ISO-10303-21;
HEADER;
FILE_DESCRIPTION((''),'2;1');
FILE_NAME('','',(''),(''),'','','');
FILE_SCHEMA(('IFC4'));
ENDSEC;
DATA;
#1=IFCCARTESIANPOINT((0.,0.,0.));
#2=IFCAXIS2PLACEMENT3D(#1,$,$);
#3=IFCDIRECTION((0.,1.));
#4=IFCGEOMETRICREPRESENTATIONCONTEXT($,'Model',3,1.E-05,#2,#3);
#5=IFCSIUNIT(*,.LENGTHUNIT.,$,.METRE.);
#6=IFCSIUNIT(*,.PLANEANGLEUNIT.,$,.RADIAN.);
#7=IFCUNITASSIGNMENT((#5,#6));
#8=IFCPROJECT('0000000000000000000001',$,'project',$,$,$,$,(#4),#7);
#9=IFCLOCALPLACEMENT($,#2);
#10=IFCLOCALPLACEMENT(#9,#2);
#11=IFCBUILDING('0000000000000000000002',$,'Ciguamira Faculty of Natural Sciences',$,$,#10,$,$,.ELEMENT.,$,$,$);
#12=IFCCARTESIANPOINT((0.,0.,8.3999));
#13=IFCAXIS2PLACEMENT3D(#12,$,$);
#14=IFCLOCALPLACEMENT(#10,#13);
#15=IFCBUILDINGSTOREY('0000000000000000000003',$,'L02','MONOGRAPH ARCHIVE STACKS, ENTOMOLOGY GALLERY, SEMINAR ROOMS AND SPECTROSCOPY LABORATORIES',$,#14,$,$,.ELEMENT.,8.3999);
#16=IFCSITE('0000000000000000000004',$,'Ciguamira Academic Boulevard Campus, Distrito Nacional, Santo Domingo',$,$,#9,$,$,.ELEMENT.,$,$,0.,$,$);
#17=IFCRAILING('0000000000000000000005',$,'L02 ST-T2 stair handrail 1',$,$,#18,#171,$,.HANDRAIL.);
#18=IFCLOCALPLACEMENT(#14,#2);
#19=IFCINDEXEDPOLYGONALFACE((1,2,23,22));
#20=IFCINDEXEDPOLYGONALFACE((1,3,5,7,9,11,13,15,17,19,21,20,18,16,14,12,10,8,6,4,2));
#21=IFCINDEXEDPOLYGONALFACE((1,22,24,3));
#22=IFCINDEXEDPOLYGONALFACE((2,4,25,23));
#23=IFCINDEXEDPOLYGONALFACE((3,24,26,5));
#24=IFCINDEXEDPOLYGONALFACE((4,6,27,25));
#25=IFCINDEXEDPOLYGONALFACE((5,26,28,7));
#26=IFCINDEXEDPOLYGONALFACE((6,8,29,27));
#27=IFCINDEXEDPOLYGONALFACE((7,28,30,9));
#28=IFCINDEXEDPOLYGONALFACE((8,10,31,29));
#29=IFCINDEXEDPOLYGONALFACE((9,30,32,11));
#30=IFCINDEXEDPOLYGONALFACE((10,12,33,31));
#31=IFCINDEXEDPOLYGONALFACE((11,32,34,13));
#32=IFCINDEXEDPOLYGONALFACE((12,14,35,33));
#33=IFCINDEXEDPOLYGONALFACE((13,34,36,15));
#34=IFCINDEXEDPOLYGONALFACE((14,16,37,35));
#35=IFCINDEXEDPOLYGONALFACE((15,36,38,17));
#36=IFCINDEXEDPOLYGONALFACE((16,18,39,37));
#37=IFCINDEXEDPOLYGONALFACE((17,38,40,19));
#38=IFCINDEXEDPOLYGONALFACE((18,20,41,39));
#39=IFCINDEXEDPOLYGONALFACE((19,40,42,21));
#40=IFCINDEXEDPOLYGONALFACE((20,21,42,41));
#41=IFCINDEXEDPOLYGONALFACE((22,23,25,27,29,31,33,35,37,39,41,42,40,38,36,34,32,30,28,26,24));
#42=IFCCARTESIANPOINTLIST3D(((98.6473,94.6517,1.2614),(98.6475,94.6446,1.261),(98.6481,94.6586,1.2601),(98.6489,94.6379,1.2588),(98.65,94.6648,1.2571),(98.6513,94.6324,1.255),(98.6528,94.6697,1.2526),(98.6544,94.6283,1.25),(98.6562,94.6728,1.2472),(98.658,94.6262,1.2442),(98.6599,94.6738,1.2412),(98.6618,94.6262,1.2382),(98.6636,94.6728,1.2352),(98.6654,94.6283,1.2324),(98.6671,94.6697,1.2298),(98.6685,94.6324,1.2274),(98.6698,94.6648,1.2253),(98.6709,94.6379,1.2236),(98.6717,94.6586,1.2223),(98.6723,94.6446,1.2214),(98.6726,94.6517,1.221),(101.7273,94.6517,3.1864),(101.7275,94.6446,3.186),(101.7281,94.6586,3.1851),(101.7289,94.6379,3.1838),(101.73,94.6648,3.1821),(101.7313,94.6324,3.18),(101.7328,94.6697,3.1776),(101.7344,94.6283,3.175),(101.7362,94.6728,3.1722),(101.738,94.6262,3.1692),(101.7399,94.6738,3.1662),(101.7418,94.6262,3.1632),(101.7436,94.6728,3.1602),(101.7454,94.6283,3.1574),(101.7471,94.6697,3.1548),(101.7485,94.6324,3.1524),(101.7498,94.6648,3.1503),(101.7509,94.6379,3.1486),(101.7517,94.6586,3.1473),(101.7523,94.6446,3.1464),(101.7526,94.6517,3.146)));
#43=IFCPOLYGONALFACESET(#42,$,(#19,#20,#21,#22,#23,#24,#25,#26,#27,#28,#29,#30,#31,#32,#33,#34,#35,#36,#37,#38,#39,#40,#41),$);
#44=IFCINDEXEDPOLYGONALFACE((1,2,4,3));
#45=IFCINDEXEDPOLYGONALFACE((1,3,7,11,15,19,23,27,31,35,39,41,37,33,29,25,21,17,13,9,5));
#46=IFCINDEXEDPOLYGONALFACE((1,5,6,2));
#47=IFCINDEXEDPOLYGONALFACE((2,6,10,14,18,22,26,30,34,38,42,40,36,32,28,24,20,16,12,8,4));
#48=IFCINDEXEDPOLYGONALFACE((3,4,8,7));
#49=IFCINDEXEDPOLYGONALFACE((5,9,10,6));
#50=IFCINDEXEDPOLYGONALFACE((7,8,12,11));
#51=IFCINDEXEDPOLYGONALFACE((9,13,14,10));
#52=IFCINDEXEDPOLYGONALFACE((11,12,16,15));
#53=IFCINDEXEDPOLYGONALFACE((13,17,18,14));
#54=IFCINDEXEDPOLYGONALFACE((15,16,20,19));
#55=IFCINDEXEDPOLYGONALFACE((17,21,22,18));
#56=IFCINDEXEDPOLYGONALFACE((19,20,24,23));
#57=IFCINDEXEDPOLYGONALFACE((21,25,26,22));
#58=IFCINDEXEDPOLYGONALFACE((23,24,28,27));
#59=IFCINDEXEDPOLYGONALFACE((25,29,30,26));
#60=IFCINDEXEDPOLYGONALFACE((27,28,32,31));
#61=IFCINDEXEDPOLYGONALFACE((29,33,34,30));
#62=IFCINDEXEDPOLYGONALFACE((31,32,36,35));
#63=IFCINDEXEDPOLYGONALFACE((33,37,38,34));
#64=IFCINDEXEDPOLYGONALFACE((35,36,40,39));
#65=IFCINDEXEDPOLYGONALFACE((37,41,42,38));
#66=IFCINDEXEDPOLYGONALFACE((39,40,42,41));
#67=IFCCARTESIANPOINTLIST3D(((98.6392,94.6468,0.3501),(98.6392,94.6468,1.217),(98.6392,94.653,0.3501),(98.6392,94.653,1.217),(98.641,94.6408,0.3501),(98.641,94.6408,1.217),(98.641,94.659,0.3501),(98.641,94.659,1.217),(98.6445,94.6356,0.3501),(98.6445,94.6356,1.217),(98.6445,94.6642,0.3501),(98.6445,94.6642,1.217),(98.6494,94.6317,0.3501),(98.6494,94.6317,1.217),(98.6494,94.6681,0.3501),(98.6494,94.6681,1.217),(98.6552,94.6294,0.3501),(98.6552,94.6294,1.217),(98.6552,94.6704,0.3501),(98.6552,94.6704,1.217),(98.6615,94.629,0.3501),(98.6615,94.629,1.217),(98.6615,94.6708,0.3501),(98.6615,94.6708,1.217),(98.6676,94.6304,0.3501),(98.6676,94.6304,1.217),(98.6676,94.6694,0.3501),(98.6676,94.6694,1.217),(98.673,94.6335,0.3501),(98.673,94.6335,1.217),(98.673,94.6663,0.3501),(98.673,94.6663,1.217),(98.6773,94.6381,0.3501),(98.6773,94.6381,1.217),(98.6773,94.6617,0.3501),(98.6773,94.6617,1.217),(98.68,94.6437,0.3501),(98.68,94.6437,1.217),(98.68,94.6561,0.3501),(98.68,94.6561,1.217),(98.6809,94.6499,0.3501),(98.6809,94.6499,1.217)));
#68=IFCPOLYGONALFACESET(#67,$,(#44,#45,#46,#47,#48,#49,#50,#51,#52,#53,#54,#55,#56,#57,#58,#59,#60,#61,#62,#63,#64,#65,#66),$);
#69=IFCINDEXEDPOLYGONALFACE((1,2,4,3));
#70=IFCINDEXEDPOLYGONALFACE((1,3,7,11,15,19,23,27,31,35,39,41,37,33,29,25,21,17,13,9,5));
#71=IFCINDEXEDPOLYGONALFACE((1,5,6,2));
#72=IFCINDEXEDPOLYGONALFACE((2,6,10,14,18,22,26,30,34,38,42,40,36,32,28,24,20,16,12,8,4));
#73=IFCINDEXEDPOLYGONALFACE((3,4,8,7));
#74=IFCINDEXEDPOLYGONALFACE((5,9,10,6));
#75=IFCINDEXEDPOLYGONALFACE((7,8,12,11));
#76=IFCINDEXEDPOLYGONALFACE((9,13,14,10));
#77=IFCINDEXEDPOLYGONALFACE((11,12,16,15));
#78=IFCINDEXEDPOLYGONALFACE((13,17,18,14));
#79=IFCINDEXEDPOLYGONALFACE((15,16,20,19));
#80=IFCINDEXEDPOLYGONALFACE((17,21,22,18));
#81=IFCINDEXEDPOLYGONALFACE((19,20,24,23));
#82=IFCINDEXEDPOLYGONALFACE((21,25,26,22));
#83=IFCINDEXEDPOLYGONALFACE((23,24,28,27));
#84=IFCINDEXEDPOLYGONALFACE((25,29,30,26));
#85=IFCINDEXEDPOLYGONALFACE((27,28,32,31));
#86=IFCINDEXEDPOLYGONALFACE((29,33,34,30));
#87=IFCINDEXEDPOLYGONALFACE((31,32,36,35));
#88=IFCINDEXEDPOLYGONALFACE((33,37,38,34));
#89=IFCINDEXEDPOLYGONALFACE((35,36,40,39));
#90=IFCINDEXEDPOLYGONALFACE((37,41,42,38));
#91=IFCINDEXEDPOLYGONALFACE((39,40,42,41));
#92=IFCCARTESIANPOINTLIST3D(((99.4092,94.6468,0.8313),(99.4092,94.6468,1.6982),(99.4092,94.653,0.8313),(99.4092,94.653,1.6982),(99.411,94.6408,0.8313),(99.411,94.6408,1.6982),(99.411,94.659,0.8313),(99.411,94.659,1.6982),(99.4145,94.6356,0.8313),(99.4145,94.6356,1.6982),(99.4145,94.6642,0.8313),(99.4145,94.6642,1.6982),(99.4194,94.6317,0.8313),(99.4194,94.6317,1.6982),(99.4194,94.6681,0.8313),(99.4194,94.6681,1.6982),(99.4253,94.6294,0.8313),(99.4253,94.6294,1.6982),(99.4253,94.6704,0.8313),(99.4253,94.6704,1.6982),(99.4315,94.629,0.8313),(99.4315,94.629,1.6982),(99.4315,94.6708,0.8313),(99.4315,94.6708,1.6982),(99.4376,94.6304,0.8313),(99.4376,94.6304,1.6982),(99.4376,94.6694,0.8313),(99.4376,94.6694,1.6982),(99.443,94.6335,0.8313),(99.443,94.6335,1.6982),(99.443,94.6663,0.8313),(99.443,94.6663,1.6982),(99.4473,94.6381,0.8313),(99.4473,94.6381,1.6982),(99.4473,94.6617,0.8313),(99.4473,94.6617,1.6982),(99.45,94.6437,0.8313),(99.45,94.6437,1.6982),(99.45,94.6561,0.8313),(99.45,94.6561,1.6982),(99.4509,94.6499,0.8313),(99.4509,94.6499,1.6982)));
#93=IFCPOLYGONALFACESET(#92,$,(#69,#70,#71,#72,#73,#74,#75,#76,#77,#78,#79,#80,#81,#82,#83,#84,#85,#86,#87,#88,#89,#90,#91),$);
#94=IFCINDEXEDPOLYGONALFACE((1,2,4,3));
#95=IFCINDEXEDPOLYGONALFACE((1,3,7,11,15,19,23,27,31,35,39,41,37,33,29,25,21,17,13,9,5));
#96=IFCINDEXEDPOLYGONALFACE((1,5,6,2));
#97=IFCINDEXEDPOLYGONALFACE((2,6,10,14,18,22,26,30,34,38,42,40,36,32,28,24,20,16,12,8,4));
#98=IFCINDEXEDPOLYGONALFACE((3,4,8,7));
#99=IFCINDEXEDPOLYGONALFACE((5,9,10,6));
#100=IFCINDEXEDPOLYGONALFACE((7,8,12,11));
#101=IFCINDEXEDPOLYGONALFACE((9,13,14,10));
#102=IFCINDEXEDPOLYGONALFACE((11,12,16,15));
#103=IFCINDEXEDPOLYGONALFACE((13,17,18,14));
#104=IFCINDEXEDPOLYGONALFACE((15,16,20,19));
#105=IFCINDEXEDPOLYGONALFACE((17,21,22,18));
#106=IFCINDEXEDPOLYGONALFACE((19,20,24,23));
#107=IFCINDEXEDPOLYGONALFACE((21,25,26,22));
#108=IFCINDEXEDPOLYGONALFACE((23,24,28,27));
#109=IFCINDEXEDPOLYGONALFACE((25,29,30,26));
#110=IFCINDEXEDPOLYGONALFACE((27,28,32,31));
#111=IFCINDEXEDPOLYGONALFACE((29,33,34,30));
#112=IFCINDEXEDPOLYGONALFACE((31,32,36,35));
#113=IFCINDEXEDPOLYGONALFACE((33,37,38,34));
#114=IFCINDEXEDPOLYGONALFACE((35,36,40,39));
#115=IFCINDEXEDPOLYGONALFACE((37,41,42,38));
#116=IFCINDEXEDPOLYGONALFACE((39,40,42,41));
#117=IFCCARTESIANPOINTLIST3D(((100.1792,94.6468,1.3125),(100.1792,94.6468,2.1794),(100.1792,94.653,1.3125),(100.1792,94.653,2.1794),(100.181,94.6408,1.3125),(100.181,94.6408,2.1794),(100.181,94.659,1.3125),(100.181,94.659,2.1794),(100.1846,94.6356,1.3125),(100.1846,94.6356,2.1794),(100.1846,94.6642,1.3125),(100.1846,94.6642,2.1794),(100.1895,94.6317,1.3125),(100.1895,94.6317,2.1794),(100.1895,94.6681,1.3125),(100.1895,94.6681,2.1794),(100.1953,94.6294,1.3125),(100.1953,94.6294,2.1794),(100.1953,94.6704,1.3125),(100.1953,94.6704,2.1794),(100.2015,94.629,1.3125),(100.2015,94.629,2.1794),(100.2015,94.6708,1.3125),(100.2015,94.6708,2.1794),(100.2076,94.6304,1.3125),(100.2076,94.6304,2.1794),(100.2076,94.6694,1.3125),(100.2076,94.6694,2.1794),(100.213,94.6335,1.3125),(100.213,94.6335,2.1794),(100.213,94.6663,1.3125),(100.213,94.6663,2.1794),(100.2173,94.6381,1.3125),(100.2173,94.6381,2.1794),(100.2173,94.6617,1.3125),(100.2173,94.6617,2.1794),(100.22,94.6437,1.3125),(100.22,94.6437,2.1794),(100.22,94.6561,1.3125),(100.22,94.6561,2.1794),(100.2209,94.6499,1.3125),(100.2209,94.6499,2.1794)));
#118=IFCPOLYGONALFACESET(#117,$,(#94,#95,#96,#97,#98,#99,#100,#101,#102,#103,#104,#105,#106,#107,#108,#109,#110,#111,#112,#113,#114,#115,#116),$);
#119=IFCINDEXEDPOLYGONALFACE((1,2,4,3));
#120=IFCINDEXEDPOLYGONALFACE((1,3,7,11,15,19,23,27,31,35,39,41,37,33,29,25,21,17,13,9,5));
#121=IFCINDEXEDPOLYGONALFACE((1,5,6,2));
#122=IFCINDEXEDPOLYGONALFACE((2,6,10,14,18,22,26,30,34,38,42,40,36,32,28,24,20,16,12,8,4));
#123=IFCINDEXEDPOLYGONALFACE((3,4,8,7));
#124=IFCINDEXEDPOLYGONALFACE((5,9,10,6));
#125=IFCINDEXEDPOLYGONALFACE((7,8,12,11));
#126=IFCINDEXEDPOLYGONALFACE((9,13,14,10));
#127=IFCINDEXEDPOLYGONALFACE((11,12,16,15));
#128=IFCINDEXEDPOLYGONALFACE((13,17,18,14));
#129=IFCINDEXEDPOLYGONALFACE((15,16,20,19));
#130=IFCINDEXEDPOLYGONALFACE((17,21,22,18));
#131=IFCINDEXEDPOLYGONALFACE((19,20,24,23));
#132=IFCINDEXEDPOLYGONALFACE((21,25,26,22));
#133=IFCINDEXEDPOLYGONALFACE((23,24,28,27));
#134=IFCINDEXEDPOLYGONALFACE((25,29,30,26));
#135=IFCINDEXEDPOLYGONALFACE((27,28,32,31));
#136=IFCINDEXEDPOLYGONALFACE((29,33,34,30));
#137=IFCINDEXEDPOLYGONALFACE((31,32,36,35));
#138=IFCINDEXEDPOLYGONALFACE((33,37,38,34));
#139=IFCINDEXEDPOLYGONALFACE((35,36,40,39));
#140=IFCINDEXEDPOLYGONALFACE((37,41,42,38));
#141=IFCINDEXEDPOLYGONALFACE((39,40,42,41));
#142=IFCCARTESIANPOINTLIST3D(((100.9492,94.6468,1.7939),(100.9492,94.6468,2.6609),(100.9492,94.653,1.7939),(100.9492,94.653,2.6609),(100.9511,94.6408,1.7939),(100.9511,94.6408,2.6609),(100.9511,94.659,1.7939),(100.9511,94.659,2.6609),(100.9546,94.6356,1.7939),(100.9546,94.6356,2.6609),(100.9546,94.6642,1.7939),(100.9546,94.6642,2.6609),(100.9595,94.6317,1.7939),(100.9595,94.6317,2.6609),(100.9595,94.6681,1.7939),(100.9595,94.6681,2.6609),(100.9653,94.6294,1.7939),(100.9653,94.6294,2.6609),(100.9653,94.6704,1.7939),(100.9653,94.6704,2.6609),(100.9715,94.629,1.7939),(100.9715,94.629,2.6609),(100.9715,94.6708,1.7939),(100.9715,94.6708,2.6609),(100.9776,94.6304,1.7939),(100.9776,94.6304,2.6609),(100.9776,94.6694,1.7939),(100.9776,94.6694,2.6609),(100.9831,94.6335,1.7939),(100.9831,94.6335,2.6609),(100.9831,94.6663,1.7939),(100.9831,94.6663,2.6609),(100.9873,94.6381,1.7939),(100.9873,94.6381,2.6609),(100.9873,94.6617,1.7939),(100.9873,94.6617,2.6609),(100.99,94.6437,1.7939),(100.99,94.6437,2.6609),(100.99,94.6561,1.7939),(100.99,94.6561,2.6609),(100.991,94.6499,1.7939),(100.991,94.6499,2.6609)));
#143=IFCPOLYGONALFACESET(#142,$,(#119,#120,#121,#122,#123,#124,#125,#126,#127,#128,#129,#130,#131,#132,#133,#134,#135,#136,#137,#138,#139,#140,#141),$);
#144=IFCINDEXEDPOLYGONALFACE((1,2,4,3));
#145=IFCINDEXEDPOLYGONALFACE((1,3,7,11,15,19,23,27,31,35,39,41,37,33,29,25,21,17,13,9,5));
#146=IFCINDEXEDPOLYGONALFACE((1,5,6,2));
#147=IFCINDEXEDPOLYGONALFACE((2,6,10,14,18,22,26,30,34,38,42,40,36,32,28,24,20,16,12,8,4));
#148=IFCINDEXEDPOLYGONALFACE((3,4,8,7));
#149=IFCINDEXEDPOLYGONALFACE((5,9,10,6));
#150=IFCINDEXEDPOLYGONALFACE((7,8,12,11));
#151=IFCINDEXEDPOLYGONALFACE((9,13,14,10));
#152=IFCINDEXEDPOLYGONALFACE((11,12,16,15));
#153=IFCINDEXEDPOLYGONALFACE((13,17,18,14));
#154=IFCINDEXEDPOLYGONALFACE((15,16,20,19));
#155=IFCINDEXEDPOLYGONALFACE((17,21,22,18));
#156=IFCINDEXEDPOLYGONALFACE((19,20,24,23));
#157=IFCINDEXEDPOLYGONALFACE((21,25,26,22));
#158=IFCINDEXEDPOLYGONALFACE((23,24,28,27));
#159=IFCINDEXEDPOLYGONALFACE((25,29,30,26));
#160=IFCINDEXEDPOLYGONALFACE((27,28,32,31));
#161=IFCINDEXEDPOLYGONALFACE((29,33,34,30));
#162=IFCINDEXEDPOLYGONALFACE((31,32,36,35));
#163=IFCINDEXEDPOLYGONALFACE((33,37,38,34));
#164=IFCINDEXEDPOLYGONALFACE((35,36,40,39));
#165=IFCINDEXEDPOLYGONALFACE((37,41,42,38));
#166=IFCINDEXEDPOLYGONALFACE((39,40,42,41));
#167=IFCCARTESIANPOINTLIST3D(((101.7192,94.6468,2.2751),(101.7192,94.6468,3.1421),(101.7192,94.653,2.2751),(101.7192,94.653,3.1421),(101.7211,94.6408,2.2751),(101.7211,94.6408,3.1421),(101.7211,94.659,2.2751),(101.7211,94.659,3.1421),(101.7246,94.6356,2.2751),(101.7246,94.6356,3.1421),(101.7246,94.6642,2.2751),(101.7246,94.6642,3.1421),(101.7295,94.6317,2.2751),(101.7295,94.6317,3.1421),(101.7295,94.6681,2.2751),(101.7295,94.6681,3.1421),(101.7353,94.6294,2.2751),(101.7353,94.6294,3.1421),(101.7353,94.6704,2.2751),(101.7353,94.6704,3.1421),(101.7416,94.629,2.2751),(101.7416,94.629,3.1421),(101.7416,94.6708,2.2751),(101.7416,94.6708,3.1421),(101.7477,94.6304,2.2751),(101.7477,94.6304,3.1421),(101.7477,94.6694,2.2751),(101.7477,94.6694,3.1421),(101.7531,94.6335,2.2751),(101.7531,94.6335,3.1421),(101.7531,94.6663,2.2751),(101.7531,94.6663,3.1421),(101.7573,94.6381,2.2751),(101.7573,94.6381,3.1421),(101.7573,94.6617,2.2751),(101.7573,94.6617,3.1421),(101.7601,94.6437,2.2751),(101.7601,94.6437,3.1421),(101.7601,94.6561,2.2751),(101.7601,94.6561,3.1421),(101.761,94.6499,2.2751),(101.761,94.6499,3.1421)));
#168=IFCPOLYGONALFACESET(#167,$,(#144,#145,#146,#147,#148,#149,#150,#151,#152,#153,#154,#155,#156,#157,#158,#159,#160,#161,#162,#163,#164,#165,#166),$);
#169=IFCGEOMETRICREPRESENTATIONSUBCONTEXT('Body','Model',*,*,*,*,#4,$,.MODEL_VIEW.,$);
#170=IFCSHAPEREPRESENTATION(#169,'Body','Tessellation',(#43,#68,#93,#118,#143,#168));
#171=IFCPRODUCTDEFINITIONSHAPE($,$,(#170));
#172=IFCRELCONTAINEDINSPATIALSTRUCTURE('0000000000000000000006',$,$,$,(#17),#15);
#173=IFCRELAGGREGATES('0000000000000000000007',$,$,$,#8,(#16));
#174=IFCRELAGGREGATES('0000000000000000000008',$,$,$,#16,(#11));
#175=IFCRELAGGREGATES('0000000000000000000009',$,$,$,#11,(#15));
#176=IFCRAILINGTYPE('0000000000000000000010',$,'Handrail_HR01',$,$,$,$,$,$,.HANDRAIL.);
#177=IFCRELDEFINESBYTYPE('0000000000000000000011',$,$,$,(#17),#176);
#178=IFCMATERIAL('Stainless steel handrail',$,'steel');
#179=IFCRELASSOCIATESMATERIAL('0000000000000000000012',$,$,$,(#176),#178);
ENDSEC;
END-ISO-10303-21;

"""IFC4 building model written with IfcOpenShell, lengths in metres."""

from ifc_helpers import new_model, si_unit, direction, frame, origin, origin_2d, place, context, subcontext, project, spatial, circle, extrude, material, type_object, element, save


model = new_model("IFC4")

# Units and contexts
model_context = context("Model", 3, precision=1e-05, world=origin(), true_north=direction((0.0, 1.0)))
body_context = subcontext(model_context, "Body", "Model", "MODEL_VIEW")
ifc_project = project(units=[si_unit("LENGTHUNIT", "METRE"), si_unit("PLANEANGLEUNIT", "RADIAN")], contexts=[model_context])

# Site, building, storey
site_placement = place(None, origin())
site = spatial("IfcSite", under=ifc_project, at=site_placement, Name="Ciguamira Academic Boulevard Campus, Distrito Nacional, Santo Domingo", CompositionType="ELEMENT", RefElevation=0.0)
building_placement = place(site_placement, origin())
building = spatial("IfcBuilding", under=site, at=building_placement, Name="Ciguamira Faculty of Natural Sciences", CompositionType="ELEMENT")
storey_placement = place(building_placement, frame((0.0, 0.0, 8.3999)))
storey = spatial("IfcBuildingStorey", under=building, at=storey_placement, Name="L02", Description="MONOGRAPH ARCHIVE STACKS, ENTOMOLOGY GALLERY, SEMINAR ROOMS AND SPECTROSCOPY LABORATORIES", CompositionType="ELEMENT", Elevation=8.3999)

# Railing
ifc_material_1 = material(Name="Stainless steel handrail", Category="steel")
railing_type_1 = type_object("IfcRailingType", Name="Handrail_HR01", PredefinedType="HANDRAIL", material=ifc_material_1)
railing_1_placement = place(storey_placement, frame((98.6599, 94.6499, 0.3501)))
element("IfcRailing", 1, at=railing_1_placement, inside=storey, type_object=railing_type_1, Name="L02 ST-T2 stair handrail 1", PredefinedType="HANDRAIL", context=body_context, shape_type="SweptSolid", body=[
    extrude(circle(Radius=0.0239, at=origin_2d()), frame((0.0, 0.0, 0.8911), z_axis=(0.847998, 0.0, 0.529999), x_axis=(0.0, 1.0, 0.0)), (0.0, 0.0, 1.0), 3.6321),
    extrude(circle(Radius=0.021, at=origin_2d()), origin(), (0.0, 0.0, 1.0), 0.8669),
    extrude(circle(Radius=0.021, at=origin_2d()), frame((0.77, 0.0, 0.4812)), (0.0, 0.0, 1.0), 0.8669),
    extrude(circle(Radius=0.021, at=origin_2d()), frame((1.54, 0.0, 0.9624)), (0.0, 0.0, 1.0), 0.8669),
    extrude(circle(Radius=0.021, at=origin_2d()), frame((2.3101, 0.0, 1.4438)), (0.0, 0.0, 1.0), 0.8669),
    extrude(circle(Radius=0.021, at=origin_2d()), frame((3.0801, 0.0, 1.925)), (0.0, 0.0, 1.0), 0.8669),
])

save(model, "model.ifc")
